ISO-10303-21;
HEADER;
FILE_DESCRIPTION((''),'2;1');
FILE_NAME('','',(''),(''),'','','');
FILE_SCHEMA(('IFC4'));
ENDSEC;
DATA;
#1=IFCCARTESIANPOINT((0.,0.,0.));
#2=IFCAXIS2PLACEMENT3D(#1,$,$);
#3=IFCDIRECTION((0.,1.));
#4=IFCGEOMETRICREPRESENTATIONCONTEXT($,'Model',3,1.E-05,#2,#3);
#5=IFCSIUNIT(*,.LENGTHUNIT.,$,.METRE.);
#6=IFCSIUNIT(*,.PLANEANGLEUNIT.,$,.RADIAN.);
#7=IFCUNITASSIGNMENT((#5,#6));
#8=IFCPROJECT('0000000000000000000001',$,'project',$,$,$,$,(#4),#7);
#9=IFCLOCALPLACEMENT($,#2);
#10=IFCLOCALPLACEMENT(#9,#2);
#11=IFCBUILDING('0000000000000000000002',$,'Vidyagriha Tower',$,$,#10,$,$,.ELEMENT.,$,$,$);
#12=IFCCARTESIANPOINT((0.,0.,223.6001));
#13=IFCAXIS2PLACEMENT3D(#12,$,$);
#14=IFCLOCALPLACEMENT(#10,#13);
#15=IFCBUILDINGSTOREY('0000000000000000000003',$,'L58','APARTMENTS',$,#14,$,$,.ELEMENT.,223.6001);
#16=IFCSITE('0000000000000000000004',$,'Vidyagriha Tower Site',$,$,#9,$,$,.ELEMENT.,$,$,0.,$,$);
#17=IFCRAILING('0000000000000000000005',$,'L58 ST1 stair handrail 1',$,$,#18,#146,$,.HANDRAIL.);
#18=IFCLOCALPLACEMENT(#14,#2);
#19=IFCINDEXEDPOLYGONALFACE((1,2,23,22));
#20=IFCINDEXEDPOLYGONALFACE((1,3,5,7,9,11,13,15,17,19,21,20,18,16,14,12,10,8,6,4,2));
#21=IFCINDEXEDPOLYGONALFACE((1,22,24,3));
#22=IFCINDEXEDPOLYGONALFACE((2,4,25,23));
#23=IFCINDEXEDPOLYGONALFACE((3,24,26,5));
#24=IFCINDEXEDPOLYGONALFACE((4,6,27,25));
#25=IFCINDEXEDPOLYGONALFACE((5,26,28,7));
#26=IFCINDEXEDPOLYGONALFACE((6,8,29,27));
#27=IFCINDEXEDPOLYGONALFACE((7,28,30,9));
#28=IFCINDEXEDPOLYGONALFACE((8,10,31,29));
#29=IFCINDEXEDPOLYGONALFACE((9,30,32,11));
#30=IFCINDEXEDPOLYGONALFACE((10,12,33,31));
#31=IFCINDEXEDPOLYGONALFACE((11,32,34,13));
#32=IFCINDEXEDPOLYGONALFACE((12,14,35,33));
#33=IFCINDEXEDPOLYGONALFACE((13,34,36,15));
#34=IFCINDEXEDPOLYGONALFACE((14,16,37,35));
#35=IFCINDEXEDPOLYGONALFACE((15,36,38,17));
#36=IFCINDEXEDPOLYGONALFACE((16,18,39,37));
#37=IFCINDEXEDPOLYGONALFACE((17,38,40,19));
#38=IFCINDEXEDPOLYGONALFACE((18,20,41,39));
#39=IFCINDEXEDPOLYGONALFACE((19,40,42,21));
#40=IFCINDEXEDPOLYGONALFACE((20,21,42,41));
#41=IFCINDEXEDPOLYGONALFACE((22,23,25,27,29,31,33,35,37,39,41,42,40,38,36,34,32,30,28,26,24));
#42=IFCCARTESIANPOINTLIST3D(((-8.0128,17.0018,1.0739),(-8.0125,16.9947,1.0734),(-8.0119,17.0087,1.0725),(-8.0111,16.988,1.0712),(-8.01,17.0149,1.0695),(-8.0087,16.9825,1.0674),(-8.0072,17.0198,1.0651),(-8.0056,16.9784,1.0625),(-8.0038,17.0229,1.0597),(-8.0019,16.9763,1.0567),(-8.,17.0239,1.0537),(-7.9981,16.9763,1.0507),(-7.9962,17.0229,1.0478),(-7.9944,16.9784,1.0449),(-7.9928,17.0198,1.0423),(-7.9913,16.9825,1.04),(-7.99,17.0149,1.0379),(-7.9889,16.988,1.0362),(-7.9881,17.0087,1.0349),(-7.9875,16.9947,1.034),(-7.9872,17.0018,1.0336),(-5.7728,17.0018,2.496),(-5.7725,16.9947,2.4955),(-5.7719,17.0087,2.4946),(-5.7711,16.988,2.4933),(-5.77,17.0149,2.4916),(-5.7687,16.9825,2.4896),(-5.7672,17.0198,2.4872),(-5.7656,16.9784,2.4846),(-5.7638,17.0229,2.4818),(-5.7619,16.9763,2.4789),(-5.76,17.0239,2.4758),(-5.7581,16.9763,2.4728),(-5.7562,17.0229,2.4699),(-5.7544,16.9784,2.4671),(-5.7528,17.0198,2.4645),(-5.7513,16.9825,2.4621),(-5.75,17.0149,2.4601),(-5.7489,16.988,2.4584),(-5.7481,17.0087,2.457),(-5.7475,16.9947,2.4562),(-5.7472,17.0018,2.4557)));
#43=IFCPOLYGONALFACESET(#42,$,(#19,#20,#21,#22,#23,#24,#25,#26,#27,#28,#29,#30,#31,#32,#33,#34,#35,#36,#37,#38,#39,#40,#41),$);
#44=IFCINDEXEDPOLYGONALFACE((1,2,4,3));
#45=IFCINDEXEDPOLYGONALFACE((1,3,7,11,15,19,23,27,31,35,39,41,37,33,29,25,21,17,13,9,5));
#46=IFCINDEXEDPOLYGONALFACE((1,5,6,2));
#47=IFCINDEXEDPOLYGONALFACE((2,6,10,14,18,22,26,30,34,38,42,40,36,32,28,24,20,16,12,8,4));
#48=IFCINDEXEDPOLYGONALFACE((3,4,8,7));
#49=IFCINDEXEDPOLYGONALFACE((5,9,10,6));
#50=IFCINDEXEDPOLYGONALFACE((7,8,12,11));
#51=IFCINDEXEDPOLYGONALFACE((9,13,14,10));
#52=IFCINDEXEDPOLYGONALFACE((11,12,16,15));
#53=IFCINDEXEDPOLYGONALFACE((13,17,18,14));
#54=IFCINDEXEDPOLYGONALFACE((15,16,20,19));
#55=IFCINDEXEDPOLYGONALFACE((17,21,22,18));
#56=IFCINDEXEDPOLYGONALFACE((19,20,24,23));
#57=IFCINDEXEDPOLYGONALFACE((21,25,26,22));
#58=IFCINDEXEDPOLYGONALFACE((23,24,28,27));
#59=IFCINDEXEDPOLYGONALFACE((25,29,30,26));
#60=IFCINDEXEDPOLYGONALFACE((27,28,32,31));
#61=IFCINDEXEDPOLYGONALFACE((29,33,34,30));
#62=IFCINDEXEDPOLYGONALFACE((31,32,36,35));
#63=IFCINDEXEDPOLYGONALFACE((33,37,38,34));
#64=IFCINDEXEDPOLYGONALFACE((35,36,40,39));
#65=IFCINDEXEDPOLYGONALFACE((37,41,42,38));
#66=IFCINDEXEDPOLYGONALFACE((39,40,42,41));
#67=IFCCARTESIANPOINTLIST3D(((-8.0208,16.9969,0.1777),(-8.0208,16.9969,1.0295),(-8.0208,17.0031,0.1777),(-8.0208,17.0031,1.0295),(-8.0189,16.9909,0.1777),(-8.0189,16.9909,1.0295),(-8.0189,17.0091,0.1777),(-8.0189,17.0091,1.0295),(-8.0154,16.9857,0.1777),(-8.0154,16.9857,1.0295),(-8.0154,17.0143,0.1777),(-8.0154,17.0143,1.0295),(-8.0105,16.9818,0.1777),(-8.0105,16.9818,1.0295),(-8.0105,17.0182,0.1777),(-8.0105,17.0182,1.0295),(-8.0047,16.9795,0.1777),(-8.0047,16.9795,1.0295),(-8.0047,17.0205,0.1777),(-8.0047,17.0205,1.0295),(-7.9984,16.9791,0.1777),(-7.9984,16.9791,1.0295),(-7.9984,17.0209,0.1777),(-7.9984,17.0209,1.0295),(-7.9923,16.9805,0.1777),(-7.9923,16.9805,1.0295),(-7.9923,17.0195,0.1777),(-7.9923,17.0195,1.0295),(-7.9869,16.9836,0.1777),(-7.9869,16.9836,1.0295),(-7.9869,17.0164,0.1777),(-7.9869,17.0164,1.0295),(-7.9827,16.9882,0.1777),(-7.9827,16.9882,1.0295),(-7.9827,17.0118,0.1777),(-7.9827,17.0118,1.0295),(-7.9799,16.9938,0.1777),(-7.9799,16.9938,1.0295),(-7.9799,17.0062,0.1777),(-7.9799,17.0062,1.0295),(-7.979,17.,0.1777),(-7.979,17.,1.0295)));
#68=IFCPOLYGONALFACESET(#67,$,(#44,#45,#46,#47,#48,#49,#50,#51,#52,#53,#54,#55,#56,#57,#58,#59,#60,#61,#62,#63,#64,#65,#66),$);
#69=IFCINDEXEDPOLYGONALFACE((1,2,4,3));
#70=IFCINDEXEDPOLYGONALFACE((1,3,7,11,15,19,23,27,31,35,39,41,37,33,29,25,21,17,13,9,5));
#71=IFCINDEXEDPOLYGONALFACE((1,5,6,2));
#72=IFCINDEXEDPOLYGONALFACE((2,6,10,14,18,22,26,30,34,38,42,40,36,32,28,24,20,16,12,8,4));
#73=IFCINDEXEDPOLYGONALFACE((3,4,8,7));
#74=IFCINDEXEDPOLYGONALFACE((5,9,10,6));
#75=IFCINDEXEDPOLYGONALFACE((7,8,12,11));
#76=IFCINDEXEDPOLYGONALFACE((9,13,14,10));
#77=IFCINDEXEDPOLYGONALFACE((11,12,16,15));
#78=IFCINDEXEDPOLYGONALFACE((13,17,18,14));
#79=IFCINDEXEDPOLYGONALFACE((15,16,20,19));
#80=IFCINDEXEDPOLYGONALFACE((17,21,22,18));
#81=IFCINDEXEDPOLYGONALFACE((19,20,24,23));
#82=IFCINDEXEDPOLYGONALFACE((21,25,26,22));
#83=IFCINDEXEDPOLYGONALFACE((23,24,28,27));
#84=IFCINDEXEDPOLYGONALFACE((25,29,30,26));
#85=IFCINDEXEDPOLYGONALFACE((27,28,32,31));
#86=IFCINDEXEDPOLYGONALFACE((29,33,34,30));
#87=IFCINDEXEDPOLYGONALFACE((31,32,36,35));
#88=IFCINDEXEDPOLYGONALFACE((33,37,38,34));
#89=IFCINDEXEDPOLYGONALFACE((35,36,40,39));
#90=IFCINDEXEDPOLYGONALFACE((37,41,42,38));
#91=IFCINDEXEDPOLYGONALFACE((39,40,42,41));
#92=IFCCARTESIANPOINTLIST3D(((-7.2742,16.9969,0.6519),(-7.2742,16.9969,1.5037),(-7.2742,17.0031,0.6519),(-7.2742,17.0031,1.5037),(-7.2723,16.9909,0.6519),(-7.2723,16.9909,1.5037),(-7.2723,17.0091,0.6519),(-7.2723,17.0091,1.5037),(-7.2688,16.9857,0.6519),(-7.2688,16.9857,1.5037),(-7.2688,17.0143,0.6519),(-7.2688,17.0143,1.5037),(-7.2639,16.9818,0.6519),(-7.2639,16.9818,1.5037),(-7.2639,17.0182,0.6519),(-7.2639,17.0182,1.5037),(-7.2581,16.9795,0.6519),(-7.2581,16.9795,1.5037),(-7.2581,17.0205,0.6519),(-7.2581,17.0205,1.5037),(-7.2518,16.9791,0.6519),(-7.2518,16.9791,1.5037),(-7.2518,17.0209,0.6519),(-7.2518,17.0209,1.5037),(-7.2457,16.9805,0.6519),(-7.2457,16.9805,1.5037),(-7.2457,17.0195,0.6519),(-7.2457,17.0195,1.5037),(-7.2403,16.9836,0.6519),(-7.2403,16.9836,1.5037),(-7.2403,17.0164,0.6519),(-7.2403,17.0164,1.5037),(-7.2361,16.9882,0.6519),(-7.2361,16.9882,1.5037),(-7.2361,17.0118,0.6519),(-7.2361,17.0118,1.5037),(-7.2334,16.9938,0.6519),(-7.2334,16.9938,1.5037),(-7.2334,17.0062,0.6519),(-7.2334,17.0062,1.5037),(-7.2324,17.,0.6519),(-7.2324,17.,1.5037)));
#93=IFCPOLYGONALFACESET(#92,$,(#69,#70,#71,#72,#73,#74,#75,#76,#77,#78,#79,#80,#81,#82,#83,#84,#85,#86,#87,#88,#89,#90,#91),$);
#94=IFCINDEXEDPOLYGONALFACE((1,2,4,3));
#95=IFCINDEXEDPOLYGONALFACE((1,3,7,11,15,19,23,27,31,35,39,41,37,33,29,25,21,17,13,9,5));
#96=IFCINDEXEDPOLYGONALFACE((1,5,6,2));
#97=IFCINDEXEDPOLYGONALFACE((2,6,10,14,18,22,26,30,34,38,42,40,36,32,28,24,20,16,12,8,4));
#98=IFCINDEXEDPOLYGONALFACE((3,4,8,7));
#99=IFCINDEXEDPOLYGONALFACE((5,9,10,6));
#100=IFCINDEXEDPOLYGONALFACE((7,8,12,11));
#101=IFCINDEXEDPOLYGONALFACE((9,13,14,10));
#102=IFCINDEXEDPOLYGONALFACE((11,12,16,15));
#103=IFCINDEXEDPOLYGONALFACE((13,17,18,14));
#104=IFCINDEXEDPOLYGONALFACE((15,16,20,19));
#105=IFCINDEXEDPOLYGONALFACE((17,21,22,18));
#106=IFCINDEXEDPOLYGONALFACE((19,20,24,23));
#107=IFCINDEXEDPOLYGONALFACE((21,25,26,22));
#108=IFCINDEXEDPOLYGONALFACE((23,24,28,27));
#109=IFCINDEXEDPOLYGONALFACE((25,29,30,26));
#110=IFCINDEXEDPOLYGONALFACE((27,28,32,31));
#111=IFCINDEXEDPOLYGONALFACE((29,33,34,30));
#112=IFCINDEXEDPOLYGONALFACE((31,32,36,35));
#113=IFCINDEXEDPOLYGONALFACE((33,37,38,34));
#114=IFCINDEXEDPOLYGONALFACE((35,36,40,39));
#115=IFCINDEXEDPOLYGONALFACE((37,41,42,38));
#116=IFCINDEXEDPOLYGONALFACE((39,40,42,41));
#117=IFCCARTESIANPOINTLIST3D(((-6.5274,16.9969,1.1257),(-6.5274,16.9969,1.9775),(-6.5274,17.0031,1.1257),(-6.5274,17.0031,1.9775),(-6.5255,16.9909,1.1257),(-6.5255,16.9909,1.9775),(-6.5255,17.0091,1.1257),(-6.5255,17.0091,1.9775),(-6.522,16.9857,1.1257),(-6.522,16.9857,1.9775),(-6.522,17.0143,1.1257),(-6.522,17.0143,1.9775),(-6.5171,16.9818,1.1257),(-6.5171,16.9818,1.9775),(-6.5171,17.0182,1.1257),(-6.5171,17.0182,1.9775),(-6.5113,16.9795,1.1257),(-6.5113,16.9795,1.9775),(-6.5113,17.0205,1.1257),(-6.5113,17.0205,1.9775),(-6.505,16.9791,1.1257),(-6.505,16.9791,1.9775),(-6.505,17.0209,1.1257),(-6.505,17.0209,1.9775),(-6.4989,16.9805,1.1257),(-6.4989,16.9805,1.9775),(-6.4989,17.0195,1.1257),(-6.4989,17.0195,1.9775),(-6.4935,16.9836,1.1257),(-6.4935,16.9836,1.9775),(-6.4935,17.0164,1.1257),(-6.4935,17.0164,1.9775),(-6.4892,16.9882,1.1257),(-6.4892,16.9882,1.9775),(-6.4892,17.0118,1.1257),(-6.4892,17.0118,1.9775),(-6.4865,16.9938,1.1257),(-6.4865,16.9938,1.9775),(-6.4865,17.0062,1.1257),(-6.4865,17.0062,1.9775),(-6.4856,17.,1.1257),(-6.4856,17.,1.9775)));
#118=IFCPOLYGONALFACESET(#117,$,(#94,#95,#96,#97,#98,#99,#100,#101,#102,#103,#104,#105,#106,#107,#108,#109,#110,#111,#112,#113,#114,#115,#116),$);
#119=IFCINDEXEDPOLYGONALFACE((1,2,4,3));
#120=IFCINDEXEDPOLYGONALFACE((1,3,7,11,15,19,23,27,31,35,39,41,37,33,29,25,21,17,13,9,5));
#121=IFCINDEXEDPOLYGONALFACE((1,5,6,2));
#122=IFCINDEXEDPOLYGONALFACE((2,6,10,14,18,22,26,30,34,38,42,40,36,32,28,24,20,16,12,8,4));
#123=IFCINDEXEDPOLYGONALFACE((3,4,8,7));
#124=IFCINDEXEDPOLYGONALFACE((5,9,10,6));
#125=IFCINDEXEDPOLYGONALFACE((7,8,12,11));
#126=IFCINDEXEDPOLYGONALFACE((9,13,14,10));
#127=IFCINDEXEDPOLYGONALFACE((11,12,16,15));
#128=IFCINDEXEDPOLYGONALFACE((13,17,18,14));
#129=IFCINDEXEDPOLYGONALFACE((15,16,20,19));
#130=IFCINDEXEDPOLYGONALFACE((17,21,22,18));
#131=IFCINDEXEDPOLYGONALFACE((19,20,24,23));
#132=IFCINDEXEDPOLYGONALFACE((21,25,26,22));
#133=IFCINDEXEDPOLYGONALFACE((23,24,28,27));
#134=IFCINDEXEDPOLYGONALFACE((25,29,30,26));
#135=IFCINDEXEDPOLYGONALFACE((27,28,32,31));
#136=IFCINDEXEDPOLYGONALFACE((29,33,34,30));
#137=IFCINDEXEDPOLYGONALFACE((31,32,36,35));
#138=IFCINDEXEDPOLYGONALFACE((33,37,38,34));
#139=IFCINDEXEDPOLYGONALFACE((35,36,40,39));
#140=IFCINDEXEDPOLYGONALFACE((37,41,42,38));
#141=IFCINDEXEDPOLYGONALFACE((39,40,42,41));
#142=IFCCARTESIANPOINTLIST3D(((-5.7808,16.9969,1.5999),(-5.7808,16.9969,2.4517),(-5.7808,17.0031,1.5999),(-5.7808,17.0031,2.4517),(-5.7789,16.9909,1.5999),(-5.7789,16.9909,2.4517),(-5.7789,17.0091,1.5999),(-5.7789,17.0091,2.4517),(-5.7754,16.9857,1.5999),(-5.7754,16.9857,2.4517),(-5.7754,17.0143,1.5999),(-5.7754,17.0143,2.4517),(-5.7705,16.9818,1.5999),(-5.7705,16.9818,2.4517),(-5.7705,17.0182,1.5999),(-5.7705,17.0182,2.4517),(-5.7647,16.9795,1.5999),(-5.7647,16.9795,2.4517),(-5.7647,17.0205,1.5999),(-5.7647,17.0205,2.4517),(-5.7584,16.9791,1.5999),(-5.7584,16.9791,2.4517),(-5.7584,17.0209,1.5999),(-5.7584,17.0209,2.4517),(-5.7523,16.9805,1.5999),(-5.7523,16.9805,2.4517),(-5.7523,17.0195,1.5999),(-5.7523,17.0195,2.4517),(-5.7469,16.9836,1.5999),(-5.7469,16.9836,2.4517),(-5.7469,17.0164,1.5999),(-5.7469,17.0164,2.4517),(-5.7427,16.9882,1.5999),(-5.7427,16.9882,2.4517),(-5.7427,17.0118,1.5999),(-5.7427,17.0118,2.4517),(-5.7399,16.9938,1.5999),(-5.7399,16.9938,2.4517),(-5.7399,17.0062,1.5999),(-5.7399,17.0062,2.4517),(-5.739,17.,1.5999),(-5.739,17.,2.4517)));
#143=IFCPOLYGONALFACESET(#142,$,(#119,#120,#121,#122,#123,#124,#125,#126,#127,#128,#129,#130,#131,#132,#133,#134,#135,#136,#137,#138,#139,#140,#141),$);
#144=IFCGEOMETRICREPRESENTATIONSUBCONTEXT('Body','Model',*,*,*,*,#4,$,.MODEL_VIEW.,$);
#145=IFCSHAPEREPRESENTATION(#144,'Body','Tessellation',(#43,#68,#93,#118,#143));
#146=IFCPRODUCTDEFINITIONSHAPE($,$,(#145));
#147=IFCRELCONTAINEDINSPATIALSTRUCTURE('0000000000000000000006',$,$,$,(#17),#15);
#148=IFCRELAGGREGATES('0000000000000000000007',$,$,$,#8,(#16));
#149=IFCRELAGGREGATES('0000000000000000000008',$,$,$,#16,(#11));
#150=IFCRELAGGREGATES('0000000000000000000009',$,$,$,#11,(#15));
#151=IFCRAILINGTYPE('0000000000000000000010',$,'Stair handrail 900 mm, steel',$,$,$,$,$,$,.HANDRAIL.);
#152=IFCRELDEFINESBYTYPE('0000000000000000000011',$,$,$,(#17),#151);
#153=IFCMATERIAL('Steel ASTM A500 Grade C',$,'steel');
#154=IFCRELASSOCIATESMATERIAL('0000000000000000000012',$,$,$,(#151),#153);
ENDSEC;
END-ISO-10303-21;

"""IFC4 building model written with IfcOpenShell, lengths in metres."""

from ifc_helpers import new_model, si_unit, direction, frame, origin, origin_2d, place, context, subcontext, project, spatial, circle, extrude, material, type_object, element, save


model = new_model("IFC4")

# Units and contexts
model_context = context("Model", 3, precision=1e-05, world=origin(), true_north=direction((0.0, 1.0)))
body_context = subcontext(model_context, "Body", "Model", "MODEL_VIEW")
ifc_project = project(units=[si_unit("LENGTHUNIT", "METRE"), si_unit("PLANEANGLEUNIT", "RADIAN")], contexts=[model_context])

# Site, building, storey
site_placement = place(None, origin())
site = spatial("IfcSite", under=ifc_project, at=site_placement, Name="Vidyagriha Tower Site", CompositionType="ELEMENT", RefElevation=0.0)
building_placement = place(site_placement, origin())
building = spatial("IfcBuilding", under=site, at=building_placement, Name="Vidyagriha Tower", CompositionType="ELEMENT")
storey_placement = place(building_placement, frame((0.0, 0.0, 223.6001)))
storey = spatial("IfcBuildingStorey", under=building, at=storey_placement, Name="L58", Description="APARTMENTS", CompositionType="ELEMENT", Elevation=223.6001)

# Railing
ifc_material_1 = material(Name="Steel ASTM A500 Grade C", Category="steel")
railing_type_1 = type_object("IfcRailingType", Name="Stair handrail 900 mm, steel", PredefinedType="HANDRAIL", material=ifc_material_1)
railing_1_placement = place(storey_placement, frame((-8.0, 17.0, 0.1777)))
element("IfcRailing", 1, at=railing_1_placement, inside=storey, type_object=railing_type_1, Name="L58 ST1 stair handrail 1", PredefinedType="HANDRAIL", context=body_context, shape_type="SweptSolid", body=[
    extrude(circle(Radius=0.0239, at=origin_2d()), frame((0.0, 0.0, 0.876), z_axis=(0.844229, 0.0, 0.535982), x_axis=(0.0, 1.0, 0.0)), (0.0, 0.0, 1.0), 2.6533),
    extrude(circle(Radius=0.021, at=origin_2d()), origin(), (0.0, 0.0, 1.0), 0.8518),
    extrude(circle(Radius=0.021, at=origin_2d()), frame((0.7466, 0.0, 0.4741)), (0.0, 0.0, 1.0), 0.8518),
    extrude(circle(Radius=0.021, at=origin_2d()), frame((1.4934, 0.0, 0.948)), (0.0, 0.0, 1.0), 0.8518),
    extrude(circle(Radius=0.021, at=origin_2d()), frame((2.24, 0.0, 1.4221)), (0.0, 0.0, 1.0), 0.8518),
])

save(model, "model.ifc")
